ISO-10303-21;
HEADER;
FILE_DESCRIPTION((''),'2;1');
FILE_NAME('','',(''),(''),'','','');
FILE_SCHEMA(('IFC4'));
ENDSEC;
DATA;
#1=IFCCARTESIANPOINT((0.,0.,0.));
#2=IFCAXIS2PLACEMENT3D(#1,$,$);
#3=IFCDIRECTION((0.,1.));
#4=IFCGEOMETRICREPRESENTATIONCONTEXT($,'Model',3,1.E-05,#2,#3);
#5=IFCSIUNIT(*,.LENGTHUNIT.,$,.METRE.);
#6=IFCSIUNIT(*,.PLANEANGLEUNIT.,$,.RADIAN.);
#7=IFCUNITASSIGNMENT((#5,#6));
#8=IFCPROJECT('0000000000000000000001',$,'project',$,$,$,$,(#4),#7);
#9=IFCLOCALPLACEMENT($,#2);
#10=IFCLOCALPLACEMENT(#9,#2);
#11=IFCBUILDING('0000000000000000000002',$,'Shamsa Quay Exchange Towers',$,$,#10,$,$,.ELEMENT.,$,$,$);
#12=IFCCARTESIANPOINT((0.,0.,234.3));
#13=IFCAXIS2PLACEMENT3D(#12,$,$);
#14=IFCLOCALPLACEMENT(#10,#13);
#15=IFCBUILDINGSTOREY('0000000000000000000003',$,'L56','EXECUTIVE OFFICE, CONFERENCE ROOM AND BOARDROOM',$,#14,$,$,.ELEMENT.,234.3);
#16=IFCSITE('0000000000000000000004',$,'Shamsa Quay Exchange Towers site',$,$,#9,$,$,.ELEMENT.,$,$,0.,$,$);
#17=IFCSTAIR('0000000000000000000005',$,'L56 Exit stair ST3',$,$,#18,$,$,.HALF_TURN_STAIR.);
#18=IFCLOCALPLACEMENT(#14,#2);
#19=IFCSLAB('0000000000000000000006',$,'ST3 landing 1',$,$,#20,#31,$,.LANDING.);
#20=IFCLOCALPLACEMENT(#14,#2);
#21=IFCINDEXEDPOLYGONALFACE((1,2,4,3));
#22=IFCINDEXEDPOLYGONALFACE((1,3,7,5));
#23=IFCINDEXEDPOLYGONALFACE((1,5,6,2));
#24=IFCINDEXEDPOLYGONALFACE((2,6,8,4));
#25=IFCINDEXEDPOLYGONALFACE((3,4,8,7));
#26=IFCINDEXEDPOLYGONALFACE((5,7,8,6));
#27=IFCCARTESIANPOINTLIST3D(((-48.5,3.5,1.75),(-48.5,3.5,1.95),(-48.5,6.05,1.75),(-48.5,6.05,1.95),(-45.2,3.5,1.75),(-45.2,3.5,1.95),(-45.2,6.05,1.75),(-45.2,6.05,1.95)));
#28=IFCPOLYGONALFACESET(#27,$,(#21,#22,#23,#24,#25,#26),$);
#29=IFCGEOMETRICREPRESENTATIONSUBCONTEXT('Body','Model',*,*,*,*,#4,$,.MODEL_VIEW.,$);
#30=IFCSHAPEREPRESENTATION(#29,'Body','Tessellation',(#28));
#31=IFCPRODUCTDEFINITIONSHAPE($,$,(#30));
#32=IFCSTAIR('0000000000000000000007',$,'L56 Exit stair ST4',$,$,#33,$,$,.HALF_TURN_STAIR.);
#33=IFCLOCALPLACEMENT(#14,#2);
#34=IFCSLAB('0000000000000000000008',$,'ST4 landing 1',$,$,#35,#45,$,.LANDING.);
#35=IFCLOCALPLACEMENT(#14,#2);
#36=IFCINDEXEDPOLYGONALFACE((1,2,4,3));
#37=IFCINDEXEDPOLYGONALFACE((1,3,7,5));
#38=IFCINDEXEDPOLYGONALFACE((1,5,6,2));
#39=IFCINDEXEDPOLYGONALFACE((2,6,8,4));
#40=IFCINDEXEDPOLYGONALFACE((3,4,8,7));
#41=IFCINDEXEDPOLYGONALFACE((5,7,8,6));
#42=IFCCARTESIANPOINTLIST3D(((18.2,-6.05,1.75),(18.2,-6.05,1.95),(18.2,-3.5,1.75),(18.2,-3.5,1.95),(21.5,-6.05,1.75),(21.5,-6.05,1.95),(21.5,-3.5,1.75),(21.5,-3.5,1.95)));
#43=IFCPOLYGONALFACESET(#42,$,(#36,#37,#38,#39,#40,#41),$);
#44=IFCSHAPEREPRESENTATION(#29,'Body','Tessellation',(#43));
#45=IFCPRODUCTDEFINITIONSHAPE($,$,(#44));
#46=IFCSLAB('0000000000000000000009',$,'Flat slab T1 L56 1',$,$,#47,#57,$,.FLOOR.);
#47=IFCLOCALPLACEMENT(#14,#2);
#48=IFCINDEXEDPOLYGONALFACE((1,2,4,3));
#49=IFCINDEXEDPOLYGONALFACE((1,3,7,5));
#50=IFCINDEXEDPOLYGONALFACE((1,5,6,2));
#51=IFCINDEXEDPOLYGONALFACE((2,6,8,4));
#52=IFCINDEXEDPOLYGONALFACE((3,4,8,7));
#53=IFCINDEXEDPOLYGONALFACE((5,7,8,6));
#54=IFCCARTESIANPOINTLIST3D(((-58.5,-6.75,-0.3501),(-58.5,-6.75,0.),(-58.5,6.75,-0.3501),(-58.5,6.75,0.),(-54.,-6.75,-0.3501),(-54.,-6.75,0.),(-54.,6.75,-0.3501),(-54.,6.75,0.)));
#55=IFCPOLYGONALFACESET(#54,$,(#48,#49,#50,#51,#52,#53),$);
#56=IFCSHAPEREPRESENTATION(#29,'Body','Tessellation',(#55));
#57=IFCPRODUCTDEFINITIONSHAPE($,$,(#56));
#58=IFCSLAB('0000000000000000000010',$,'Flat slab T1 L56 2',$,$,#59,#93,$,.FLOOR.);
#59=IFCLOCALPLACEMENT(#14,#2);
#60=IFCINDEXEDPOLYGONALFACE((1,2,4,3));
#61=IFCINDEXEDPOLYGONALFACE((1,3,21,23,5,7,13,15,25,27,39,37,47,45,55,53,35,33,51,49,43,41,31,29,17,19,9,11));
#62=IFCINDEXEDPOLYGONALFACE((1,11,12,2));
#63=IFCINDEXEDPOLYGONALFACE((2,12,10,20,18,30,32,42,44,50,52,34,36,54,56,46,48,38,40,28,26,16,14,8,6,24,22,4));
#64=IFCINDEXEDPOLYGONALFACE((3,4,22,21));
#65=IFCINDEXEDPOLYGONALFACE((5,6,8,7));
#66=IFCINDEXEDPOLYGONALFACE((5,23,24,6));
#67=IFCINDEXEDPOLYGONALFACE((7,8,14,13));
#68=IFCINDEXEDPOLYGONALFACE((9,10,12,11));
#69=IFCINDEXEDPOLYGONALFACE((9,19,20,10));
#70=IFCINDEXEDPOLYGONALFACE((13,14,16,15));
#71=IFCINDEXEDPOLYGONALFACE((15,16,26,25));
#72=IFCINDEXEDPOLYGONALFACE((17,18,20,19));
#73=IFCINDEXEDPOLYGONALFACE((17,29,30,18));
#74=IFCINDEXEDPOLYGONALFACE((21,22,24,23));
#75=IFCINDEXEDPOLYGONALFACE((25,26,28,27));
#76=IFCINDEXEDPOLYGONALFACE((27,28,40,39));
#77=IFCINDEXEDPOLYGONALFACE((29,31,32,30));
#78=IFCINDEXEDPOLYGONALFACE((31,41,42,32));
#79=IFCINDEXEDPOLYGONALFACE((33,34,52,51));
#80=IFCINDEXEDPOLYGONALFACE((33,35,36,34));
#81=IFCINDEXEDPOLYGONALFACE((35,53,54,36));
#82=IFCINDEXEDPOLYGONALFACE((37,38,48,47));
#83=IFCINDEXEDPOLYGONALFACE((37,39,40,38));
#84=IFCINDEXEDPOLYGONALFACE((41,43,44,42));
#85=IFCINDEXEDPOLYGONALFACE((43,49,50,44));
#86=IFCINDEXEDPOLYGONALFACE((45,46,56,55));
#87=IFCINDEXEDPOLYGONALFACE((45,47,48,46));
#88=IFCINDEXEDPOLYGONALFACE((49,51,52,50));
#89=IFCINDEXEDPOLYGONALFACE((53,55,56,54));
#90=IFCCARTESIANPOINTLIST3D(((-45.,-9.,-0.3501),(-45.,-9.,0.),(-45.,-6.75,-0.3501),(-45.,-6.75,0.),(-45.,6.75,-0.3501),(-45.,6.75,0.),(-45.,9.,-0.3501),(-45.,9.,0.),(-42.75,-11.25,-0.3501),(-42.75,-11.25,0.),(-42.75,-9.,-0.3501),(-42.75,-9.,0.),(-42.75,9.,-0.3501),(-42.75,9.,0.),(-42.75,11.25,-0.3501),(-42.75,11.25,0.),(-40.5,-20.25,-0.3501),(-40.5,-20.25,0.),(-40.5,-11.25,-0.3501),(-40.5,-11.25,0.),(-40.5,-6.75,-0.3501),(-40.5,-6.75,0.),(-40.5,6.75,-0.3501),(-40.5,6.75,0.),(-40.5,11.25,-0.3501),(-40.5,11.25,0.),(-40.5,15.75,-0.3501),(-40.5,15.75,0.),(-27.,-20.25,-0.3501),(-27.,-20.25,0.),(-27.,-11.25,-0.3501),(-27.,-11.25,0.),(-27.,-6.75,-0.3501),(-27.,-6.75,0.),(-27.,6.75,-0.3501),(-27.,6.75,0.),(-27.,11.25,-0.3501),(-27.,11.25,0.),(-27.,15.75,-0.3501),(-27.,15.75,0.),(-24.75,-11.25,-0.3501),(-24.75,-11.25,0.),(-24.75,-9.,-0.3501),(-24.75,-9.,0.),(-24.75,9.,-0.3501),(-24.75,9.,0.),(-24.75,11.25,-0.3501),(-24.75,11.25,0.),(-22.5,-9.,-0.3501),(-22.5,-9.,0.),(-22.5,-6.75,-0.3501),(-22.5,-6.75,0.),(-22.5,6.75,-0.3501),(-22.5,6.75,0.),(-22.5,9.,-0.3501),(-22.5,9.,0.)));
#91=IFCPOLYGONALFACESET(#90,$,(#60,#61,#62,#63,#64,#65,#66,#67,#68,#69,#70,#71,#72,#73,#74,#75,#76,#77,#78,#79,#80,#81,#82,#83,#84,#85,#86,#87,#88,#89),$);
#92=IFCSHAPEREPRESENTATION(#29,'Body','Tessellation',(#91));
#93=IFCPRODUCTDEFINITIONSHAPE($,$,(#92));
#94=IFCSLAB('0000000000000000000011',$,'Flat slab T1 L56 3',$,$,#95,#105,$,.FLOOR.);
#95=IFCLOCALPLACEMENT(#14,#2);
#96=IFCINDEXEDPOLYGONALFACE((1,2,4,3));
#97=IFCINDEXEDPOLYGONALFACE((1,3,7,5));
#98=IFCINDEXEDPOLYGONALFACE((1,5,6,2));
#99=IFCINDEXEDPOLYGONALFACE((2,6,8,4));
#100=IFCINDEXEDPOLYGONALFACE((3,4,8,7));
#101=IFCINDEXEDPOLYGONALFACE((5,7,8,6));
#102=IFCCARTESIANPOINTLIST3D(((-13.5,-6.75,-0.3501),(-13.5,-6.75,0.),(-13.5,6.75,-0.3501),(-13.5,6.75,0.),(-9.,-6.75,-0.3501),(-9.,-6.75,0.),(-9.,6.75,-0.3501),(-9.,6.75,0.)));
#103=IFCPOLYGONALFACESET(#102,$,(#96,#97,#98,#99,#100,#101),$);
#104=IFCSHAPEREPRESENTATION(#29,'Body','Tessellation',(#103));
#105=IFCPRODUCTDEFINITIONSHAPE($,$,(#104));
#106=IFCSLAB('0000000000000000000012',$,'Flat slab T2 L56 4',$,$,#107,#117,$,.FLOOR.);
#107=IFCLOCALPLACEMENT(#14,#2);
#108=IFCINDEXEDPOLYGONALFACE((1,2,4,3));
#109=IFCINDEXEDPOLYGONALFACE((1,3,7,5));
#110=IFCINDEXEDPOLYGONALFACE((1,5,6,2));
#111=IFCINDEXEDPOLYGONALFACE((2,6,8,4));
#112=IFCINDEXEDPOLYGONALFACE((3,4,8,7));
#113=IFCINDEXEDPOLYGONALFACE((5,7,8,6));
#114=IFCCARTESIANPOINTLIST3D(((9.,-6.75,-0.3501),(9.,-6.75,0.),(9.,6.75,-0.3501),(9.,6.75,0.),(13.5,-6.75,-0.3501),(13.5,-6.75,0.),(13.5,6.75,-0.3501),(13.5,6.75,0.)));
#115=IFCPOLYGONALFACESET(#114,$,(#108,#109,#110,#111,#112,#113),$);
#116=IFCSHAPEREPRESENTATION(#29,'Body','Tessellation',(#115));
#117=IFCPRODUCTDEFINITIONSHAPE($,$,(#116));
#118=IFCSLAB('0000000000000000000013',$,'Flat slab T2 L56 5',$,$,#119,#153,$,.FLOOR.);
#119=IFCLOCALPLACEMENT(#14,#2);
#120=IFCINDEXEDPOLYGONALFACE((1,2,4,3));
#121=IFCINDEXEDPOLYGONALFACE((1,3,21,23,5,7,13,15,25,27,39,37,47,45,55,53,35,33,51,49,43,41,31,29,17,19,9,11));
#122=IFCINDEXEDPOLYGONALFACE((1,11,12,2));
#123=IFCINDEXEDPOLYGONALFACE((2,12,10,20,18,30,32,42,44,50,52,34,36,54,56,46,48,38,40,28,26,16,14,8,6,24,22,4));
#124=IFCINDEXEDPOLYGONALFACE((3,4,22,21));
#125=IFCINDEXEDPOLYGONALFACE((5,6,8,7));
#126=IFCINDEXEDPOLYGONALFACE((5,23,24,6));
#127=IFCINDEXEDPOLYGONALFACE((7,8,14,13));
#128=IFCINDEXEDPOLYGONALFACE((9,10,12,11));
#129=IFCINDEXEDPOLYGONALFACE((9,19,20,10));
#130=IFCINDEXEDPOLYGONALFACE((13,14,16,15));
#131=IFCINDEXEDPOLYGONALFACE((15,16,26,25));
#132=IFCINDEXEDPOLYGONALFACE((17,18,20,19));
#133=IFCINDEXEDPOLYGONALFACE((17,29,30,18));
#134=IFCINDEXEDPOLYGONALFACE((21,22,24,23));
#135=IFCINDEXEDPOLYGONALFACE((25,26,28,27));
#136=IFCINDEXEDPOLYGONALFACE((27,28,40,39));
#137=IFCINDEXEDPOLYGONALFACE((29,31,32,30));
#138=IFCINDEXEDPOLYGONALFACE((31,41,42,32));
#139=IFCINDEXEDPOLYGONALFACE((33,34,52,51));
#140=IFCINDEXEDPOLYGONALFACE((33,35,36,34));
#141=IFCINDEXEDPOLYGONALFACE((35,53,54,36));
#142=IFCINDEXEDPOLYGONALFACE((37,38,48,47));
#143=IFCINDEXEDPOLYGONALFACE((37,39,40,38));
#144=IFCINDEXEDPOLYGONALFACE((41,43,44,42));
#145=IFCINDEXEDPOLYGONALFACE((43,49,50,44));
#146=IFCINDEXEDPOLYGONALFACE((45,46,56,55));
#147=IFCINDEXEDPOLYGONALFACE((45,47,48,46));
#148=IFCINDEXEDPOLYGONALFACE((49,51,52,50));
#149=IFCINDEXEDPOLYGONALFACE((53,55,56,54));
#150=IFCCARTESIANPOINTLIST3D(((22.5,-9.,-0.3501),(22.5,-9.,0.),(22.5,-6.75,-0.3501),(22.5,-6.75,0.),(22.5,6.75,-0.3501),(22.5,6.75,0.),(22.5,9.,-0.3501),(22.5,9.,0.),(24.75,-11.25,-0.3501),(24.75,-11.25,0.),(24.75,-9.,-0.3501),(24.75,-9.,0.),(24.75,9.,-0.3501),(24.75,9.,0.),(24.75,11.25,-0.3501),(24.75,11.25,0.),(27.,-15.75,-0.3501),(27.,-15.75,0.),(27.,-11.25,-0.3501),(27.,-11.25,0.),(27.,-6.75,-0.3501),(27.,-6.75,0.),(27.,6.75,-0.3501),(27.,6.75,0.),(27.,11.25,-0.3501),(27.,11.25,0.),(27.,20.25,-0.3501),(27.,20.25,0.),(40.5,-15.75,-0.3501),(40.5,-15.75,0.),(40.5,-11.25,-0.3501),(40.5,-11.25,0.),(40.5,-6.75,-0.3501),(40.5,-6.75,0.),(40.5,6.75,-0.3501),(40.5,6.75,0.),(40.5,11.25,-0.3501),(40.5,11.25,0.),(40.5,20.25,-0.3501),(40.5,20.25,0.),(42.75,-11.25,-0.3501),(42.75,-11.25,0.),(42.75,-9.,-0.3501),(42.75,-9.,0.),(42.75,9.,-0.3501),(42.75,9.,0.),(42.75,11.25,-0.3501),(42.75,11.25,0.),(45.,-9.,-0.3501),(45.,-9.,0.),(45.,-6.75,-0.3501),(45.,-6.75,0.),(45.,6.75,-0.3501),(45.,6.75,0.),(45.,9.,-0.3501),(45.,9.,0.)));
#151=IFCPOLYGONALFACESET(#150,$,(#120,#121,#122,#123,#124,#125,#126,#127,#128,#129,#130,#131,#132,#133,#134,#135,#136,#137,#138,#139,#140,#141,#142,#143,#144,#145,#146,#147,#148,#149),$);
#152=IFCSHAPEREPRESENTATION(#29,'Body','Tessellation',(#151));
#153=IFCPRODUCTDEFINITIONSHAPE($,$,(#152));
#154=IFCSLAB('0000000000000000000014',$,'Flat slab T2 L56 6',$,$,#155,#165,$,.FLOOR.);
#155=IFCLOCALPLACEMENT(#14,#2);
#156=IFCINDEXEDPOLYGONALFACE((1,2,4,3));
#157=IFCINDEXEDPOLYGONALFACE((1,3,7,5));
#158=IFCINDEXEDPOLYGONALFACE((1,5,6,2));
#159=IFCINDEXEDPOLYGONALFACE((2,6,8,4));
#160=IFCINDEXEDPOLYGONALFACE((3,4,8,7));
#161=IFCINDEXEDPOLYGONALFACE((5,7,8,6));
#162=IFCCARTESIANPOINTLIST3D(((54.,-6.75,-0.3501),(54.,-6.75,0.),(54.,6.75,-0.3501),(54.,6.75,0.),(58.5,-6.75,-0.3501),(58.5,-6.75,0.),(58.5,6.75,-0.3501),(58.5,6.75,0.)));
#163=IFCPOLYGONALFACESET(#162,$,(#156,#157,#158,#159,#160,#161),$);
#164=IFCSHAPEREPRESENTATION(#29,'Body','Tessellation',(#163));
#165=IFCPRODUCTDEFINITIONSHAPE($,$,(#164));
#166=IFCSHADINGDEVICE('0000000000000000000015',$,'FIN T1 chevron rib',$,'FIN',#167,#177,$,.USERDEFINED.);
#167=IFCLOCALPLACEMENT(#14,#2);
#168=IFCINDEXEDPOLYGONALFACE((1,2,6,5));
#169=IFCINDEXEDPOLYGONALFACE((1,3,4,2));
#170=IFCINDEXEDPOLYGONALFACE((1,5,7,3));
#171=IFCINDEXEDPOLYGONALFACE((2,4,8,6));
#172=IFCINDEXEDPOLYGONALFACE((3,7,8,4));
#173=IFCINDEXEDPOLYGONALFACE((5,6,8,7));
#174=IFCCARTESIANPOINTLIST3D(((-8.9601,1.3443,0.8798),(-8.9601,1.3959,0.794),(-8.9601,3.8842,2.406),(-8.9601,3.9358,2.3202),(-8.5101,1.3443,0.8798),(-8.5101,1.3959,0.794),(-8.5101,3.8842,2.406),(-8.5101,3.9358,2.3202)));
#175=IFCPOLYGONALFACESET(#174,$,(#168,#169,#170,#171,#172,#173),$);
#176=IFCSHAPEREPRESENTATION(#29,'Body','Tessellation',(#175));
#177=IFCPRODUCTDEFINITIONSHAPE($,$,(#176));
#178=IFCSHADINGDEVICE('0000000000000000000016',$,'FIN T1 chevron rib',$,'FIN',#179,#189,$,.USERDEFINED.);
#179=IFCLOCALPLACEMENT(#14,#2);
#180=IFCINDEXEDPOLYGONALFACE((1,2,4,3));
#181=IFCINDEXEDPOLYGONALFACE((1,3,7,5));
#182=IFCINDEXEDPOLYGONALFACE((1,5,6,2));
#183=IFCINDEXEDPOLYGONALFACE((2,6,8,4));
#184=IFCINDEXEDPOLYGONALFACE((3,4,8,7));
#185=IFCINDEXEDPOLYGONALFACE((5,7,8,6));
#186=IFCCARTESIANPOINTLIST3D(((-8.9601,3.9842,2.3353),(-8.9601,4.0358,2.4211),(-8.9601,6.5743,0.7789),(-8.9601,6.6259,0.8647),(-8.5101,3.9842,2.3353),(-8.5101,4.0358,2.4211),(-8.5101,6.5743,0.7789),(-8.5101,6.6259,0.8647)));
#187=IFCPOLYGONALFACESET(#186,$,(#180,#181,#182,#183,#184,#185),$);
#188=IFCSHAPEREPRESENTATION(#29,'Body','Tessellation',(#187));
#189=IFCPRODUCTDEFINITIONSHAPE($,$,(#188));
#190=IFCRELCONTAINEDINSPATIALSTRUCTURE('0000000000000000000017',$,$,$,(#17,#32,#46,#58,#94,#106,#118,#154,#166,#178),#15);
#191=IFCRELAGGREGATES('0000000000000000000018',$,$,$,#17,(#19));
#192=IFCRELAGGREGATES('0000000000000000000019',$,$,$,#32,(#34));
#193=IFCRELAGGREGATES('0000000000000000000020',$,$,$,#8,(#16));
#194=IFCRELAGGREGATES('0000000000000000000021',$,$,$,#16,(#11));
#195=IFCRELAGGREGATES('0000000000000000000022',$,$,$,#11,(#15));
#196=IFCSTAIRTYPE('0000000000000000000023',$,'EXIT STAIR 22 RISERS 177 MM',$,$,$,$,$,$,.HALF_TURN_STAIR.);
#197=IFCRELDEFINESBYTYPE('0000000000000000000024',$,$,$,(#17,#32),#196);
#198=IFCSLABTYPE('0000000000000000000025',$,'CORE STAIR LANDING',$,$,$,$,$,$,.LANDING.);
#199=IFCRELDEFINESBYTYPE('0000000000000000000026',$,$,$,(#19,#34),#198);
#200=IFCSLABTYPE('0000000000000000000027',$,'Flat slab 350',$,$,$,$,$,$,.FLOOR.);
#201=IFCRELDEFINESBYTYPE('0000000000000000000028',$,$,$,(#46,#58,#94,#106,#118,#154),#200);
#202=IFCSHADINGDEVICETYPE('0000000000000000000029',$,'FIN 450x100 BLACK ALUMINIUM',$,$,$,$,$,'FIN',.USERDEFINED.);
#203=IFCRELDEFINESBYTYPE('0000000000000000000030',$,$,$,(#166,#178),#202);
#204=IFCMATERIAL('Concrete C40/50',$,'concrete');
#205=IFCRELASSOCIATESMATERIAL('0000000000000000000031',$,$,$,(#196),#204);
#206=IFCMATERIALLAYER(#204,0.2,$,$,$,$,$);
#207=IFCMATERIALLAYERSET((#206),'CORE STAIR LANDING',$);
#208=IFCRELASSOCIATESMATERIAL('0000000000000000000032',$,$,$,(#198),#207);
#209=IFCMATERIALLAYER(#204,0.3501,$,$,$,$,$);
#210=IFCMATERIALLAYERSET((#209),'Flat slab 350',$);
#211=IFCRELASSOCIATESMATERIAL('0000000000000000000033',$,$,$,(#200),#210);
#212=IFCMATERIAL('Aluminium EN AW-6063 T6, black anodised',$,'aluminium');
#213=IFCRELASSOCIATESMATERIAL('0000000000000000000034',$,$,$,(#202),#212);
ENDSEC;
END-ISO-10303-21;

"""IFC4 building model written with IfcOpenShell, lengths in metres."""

from ifc_helpers import new_model, si_unit, direction, frame, origin, origin_2d, place, context, subcontext, project, spatial, polyline, rectangle, outline, extrude, material, layer, layer_set, material_profile, profile_set, type_object, element, aggregate, save


model = new_model("IFC4")

# Units and contexts
model_context = context("Model", 3, precision=1e-05, world=origin(), true_north=direction((0.0, 1.0)))
body_context = subcontext(model_context, "Body", "Model", "MODEL_VIEW")
ifc_project = project(units=[si_unit("LENGTHUNIT", "METRE"), si_unit("PLANEANGLEUNIT", "RADIAN")], contexts=[model_context])

# Site, building, storey
site_placement = place(None, origin())
site = spatial("IfcSite", under=ifc_project, at=site_placement, Name="Shamsa Quay Exchange Towers site", CompositionType="ELEMENT", RefElevation=0.0)
building_placement = place(site_placement, origin())
building = spatial("IfcBuilding", under=site, at=building_placement, Name="Shamsa Quay Exchange Towers", CompositionType="ELEMENT")
storey_placement = place(building_placement, frame((0.0, 0.0, 234.3)))
storey = spatial("IfcBuildingStorey", under=building, at=storey_placement, Name="L56", Description="EXECUTIVE OFFICE, CONFERENCE ROOM AND BOARDROOM", CompositionType="ELEMENT", Elevation=234.3)

# Stairs, slabs
ifc_material_1 = material(Name="Concrete C40/50", Category="concrete")
stair_type = type_object("IfcStairType", Name="EXIT STAIR 22 RISERS 177 MM", PredefinedType="HALF_TURN_STAIR", material=ifc_material_1)
ifc_layer_1 = layer(ifc_material_1, 0.2)
ifc_layer_set_1 = layer_set([ifc_layer_1], Name="CORE STAIR LANDING")
slab_type_1 = type_object("IfcSlabType", Name="CORE STAIR LANDING", PredefinedType="LANDING", material=ifc_layer_set_1)
stair_1_placement = place(storey_placement, origin())
stair_1 = element("IfcStair", 1, at=stair_1_placement, inside=storey, type_object=stair_type, Name="L56 Exit stair ST3", PredefinedType="HALF_TURN_STAIR")
slab_1_placement = place(storey_placement, frame((0.0, 0.0, 1.75)))
slab_1 = element("IfcSlab", 2, at=slab_1_placement, type_object=slab_type_1, Name="ST3 landing 1", PredefinedType="LANDING", context=body_context, shape_type="SweptSolid", body=[
    extrude(outline(polyline([(-45.2, 6.05), (-48.5, 6.05), (-48.5, 3.5), (-45.2, 3.5), (-45.2, 6.05)])), origin(), (0.0, 0.0, 1.0), 0.2),
])
aggregate(stair_1, [slab_1])
stair_2_placement = place(storey_placement, origin())
stair_2 = element("IfcStair", 3, at=stair_2_placement, inside=storey, type_object=stair_type, Name="L56 Exit stair ST4", PredefinedType="HALF_TURN_STAIR")
slab_2_placement = place(storey_placement, frame((0.0, 0.0, 1.75)))
slab_2 = element("IfcSlab", 4, at=slab_2_placement, type_object=slab_type_1, Name="ST4 landing 1", PredefinedType="LANDING", context=body_context, shape_type="SweptSolid", body=[
    extrude(outline(polyline([(18.2, -6.05), (21.5, -6.05), (21.5, -3.5), (18.2, -3.5), (18.2, -6.05)])), origin(), (0.0, 0.0, 1.0), 0.2),
])
aggregate(stair_2, [slab_2])

# Slabs
ifc_layer_2 = layer(ifc_material_1, 0.3501)
ifc_layer_set_2 = layer_set([ifc_layer_2], Name="Flat slab 350")
slab_type_2 = type_object("IfcSlabType", Name="Flat slab 350", PredefinedType="FLOOR", material=ifc_layer_set_2)
slab_3_placement = place(storey_placement, frame((0.0, 0.0, -0.3501)))
element("IfcSlab", 5, at=slab_3_placement, inside=storey, type_object=slab_type_2, Name="Flat slab T1 L56 1", PredefinedType="FLOOR", context=body_context, shape_type="SweptSolid", body=[
    extrude(outline(polyline([(-58.5, -6.75), (-54.0, -6.75), (-54.0, 6.75), (-58.5, 6.75), (-58.5, -6.75)])), origin(), (0.0, 0.0, 1.0), 0.3501),
])
slab_4_placement = place(storey_placement, frame((0.0, 0.0, -0.3501)))
element("IfcSlab", 6, at=slab_4_placement, inside=storey, type_object=slab_type_2, Name="Flat slab T1 L56 2", PredefinedType="FLOOR", context=body_context, shape_type="SweptSolid", body=[
    extrude(outline(polyline([(-22.5, -9.0), (-22.5, -6.75), (-27.0, -6.75), (-27.0, 6.75), (-22.5, 6.75), (-22.5, 9.0), (-24.75, 9.0), (-24.75, 11.25), (-27.0, 11.25), (-27.0, 15.75), (-40.5, 15.75), (-40.5, 11.25), (-42.75, 11.25), (-42.75, 9.0), (-45.0, 9.0), (-45.0, 6.75), (-40.5, 6.75), (-40.5, -6.75), (-45.0, -6.75), (-45.0, -9.0), (-42.75, -9.0), (-42.75, -11.25), (-40.5, -11.25), (-40.5, -20.25), (-27.0, -20.25), (-27.0, -11.25), (-24.75, -11.25), (-24.75, -9.0), (-22.5, -9.0)])), origin(), (0.0, 0.0, 1.0), 0.3501),
])
slab_5_placement = place(storey_placement, frame((0.0, 0.0, -0.3501)))
element("IfcSlab", 7, at=slab_5_placement, inside=storey, type_object=slab_type_2, Name="Flat slab T1 L56 3", PredefinedType="FLOOR", context=body_context, shape_type="SweptSolid", body=[
    extrude(outline(polyline([(-9.0, 6.75), (-13.5, 6.75), (-13.5, -6.75), (-9.0, -6.75), (-9.0, 6.75)])), origin(), (0.0, 0.0, 1.0), 0.3501),
])
slab_6_placement = place(storey_placement, frame((0.0, 0.0, -0.3501)))
element("IfcSlab", 8, at=slab_6_placement, inside=storey, type_object=slab_type_2, Name="Flat slab T2 L56 4", PredefinedType="FLOOR", context=body_context, shape_type="SweptSolid", body=[
    extrude(outline(polyline([(9.0, -6.75), (13.5, -6.75), (13.5, 6.75), (9.0, 6.75), (9.0, -6.75)])), origin(), (0.0, 0.0, 1.0), 0.3501),
])
slab_7_placement = place(storey_placement, frame((0.0, 0.0, -0.3501)))
element("IfcSlab", 9, at=slab_7_placement, inside=storey, type_object=slab_type_2, Name="Flat slab T2 L56 5", PredefinedType="FLOOR", context=body_context, shape_type="SweptSolid", body=[
    extrude(outline(polyline([(45.0, -9.0), (45.0, -6.75), (40.5, -6.75), (40.5, 6.75), (45.0, 6.75), (45.0, 9.0), (42.75, 9.0), (42.75, 11.25), (40.5, 11.25), (40.5, 20.25), (27.0, 20.25), (27.0, 11.25), (24.75, 11.25), (24.75, 9.0), (22.5, 9.0), (22.5, 6.75), (27.0, 6.75), (27.0, -6.75), (22.5, -6.75), (22.5, -9.0), (24.75, -9.0), (24.75, -11.25), (27.0, -11.25), (27.0, -15.75), (40.5, -15.75), (40.5, -11.25), (42.75, -11.25), (42.75, -9.0), (45.0, -9.0)])), origin(), (0.0, 0.0, 1.0), 0.3501),
])
slab_8_placement = place(storey_placement, frame((0.0, 0.0, -0.3501)))
element("IfcSlab", 10, at=slab_8_placement, inside=storey, type_object=slab_type_2, Name="Flat slab T2 L56 6", PredefinedType="FLOOR", context=body_context, shape_type="SweptSolid", body=[
    extrude(outline(polyline([(58.5, 6.75), (54.0, 6.75), (54.0, -6.75), (58.5, -6.75), (58.5, 6.75)])), origin(), (0.0, 0.0, 1.0), 0.3501),
])

# Shading devices
ifc_material_2 = material(Name="Aluminium EN AW-6063 T6, black anodised", Category="aluminium")
ifc_material_profile = material_profile(ifc_material_2, rectangle(XDim=0.45, YDim=0.1001, at=origin_2d()), Name="FIN450x100")
ifc_profile_set = profile_set([ifc_material_profile], Name="Aluminium EN AW-6063 T6, black anodised")
shading_device_type = type_object("IfcShadingDeviceType", Name="FIN 450x100 BLACK ALUMINIUM", ElementType="FIN", PredefinedType="USERDEFINED", material=ifc_profile_set)
shading_device_1_placement = place(storey_placement, frame((-8.7351, 1.3701, 0.8369), z_axis=(0.0, 0.857158, 0.515053), x_axis=(-1.0, 0.0, 0.0)))
element("IfcShadingDevice", 11, at=shading_device_1_placement, inside=storey, type_object=shading_device_type, Name="FIN T1 chevron rib", ObjectType="FIN", PredefinedType="USERDEFINED", context=body_context, shape_type="SweptSolid", body=[
    extrude(rectangle(XDim=0.45, YDim=0.1001, at=origin_2d()), origin(), (0.0, 0.0, 1.0), 2.9631),
])
shading_device_2_placement = place(storey_placement, frame((-8.7351, 4.01, 2.3782), z_axis=(0.0, 0.857151, -0.515066), x_axis=(-1.0, 0.0, 0.0)))
element("IfcShadingDevice", 12, at=shading_device_2_placement, inside=storey, type_object=shading_device_type, Name="FIN T1 chevron rib", ObjectType="FIN", PredefinedType="USERDEFINED", context=body_context, shape_type="SweptSolid", body=[
    extrude(rectangle(XDim=0.45, YDim=0.1001, at=origin_2d()), origin(), (0.0, 0.0, 1.0), 3.0217),
])

save(model, "model.ifc")
